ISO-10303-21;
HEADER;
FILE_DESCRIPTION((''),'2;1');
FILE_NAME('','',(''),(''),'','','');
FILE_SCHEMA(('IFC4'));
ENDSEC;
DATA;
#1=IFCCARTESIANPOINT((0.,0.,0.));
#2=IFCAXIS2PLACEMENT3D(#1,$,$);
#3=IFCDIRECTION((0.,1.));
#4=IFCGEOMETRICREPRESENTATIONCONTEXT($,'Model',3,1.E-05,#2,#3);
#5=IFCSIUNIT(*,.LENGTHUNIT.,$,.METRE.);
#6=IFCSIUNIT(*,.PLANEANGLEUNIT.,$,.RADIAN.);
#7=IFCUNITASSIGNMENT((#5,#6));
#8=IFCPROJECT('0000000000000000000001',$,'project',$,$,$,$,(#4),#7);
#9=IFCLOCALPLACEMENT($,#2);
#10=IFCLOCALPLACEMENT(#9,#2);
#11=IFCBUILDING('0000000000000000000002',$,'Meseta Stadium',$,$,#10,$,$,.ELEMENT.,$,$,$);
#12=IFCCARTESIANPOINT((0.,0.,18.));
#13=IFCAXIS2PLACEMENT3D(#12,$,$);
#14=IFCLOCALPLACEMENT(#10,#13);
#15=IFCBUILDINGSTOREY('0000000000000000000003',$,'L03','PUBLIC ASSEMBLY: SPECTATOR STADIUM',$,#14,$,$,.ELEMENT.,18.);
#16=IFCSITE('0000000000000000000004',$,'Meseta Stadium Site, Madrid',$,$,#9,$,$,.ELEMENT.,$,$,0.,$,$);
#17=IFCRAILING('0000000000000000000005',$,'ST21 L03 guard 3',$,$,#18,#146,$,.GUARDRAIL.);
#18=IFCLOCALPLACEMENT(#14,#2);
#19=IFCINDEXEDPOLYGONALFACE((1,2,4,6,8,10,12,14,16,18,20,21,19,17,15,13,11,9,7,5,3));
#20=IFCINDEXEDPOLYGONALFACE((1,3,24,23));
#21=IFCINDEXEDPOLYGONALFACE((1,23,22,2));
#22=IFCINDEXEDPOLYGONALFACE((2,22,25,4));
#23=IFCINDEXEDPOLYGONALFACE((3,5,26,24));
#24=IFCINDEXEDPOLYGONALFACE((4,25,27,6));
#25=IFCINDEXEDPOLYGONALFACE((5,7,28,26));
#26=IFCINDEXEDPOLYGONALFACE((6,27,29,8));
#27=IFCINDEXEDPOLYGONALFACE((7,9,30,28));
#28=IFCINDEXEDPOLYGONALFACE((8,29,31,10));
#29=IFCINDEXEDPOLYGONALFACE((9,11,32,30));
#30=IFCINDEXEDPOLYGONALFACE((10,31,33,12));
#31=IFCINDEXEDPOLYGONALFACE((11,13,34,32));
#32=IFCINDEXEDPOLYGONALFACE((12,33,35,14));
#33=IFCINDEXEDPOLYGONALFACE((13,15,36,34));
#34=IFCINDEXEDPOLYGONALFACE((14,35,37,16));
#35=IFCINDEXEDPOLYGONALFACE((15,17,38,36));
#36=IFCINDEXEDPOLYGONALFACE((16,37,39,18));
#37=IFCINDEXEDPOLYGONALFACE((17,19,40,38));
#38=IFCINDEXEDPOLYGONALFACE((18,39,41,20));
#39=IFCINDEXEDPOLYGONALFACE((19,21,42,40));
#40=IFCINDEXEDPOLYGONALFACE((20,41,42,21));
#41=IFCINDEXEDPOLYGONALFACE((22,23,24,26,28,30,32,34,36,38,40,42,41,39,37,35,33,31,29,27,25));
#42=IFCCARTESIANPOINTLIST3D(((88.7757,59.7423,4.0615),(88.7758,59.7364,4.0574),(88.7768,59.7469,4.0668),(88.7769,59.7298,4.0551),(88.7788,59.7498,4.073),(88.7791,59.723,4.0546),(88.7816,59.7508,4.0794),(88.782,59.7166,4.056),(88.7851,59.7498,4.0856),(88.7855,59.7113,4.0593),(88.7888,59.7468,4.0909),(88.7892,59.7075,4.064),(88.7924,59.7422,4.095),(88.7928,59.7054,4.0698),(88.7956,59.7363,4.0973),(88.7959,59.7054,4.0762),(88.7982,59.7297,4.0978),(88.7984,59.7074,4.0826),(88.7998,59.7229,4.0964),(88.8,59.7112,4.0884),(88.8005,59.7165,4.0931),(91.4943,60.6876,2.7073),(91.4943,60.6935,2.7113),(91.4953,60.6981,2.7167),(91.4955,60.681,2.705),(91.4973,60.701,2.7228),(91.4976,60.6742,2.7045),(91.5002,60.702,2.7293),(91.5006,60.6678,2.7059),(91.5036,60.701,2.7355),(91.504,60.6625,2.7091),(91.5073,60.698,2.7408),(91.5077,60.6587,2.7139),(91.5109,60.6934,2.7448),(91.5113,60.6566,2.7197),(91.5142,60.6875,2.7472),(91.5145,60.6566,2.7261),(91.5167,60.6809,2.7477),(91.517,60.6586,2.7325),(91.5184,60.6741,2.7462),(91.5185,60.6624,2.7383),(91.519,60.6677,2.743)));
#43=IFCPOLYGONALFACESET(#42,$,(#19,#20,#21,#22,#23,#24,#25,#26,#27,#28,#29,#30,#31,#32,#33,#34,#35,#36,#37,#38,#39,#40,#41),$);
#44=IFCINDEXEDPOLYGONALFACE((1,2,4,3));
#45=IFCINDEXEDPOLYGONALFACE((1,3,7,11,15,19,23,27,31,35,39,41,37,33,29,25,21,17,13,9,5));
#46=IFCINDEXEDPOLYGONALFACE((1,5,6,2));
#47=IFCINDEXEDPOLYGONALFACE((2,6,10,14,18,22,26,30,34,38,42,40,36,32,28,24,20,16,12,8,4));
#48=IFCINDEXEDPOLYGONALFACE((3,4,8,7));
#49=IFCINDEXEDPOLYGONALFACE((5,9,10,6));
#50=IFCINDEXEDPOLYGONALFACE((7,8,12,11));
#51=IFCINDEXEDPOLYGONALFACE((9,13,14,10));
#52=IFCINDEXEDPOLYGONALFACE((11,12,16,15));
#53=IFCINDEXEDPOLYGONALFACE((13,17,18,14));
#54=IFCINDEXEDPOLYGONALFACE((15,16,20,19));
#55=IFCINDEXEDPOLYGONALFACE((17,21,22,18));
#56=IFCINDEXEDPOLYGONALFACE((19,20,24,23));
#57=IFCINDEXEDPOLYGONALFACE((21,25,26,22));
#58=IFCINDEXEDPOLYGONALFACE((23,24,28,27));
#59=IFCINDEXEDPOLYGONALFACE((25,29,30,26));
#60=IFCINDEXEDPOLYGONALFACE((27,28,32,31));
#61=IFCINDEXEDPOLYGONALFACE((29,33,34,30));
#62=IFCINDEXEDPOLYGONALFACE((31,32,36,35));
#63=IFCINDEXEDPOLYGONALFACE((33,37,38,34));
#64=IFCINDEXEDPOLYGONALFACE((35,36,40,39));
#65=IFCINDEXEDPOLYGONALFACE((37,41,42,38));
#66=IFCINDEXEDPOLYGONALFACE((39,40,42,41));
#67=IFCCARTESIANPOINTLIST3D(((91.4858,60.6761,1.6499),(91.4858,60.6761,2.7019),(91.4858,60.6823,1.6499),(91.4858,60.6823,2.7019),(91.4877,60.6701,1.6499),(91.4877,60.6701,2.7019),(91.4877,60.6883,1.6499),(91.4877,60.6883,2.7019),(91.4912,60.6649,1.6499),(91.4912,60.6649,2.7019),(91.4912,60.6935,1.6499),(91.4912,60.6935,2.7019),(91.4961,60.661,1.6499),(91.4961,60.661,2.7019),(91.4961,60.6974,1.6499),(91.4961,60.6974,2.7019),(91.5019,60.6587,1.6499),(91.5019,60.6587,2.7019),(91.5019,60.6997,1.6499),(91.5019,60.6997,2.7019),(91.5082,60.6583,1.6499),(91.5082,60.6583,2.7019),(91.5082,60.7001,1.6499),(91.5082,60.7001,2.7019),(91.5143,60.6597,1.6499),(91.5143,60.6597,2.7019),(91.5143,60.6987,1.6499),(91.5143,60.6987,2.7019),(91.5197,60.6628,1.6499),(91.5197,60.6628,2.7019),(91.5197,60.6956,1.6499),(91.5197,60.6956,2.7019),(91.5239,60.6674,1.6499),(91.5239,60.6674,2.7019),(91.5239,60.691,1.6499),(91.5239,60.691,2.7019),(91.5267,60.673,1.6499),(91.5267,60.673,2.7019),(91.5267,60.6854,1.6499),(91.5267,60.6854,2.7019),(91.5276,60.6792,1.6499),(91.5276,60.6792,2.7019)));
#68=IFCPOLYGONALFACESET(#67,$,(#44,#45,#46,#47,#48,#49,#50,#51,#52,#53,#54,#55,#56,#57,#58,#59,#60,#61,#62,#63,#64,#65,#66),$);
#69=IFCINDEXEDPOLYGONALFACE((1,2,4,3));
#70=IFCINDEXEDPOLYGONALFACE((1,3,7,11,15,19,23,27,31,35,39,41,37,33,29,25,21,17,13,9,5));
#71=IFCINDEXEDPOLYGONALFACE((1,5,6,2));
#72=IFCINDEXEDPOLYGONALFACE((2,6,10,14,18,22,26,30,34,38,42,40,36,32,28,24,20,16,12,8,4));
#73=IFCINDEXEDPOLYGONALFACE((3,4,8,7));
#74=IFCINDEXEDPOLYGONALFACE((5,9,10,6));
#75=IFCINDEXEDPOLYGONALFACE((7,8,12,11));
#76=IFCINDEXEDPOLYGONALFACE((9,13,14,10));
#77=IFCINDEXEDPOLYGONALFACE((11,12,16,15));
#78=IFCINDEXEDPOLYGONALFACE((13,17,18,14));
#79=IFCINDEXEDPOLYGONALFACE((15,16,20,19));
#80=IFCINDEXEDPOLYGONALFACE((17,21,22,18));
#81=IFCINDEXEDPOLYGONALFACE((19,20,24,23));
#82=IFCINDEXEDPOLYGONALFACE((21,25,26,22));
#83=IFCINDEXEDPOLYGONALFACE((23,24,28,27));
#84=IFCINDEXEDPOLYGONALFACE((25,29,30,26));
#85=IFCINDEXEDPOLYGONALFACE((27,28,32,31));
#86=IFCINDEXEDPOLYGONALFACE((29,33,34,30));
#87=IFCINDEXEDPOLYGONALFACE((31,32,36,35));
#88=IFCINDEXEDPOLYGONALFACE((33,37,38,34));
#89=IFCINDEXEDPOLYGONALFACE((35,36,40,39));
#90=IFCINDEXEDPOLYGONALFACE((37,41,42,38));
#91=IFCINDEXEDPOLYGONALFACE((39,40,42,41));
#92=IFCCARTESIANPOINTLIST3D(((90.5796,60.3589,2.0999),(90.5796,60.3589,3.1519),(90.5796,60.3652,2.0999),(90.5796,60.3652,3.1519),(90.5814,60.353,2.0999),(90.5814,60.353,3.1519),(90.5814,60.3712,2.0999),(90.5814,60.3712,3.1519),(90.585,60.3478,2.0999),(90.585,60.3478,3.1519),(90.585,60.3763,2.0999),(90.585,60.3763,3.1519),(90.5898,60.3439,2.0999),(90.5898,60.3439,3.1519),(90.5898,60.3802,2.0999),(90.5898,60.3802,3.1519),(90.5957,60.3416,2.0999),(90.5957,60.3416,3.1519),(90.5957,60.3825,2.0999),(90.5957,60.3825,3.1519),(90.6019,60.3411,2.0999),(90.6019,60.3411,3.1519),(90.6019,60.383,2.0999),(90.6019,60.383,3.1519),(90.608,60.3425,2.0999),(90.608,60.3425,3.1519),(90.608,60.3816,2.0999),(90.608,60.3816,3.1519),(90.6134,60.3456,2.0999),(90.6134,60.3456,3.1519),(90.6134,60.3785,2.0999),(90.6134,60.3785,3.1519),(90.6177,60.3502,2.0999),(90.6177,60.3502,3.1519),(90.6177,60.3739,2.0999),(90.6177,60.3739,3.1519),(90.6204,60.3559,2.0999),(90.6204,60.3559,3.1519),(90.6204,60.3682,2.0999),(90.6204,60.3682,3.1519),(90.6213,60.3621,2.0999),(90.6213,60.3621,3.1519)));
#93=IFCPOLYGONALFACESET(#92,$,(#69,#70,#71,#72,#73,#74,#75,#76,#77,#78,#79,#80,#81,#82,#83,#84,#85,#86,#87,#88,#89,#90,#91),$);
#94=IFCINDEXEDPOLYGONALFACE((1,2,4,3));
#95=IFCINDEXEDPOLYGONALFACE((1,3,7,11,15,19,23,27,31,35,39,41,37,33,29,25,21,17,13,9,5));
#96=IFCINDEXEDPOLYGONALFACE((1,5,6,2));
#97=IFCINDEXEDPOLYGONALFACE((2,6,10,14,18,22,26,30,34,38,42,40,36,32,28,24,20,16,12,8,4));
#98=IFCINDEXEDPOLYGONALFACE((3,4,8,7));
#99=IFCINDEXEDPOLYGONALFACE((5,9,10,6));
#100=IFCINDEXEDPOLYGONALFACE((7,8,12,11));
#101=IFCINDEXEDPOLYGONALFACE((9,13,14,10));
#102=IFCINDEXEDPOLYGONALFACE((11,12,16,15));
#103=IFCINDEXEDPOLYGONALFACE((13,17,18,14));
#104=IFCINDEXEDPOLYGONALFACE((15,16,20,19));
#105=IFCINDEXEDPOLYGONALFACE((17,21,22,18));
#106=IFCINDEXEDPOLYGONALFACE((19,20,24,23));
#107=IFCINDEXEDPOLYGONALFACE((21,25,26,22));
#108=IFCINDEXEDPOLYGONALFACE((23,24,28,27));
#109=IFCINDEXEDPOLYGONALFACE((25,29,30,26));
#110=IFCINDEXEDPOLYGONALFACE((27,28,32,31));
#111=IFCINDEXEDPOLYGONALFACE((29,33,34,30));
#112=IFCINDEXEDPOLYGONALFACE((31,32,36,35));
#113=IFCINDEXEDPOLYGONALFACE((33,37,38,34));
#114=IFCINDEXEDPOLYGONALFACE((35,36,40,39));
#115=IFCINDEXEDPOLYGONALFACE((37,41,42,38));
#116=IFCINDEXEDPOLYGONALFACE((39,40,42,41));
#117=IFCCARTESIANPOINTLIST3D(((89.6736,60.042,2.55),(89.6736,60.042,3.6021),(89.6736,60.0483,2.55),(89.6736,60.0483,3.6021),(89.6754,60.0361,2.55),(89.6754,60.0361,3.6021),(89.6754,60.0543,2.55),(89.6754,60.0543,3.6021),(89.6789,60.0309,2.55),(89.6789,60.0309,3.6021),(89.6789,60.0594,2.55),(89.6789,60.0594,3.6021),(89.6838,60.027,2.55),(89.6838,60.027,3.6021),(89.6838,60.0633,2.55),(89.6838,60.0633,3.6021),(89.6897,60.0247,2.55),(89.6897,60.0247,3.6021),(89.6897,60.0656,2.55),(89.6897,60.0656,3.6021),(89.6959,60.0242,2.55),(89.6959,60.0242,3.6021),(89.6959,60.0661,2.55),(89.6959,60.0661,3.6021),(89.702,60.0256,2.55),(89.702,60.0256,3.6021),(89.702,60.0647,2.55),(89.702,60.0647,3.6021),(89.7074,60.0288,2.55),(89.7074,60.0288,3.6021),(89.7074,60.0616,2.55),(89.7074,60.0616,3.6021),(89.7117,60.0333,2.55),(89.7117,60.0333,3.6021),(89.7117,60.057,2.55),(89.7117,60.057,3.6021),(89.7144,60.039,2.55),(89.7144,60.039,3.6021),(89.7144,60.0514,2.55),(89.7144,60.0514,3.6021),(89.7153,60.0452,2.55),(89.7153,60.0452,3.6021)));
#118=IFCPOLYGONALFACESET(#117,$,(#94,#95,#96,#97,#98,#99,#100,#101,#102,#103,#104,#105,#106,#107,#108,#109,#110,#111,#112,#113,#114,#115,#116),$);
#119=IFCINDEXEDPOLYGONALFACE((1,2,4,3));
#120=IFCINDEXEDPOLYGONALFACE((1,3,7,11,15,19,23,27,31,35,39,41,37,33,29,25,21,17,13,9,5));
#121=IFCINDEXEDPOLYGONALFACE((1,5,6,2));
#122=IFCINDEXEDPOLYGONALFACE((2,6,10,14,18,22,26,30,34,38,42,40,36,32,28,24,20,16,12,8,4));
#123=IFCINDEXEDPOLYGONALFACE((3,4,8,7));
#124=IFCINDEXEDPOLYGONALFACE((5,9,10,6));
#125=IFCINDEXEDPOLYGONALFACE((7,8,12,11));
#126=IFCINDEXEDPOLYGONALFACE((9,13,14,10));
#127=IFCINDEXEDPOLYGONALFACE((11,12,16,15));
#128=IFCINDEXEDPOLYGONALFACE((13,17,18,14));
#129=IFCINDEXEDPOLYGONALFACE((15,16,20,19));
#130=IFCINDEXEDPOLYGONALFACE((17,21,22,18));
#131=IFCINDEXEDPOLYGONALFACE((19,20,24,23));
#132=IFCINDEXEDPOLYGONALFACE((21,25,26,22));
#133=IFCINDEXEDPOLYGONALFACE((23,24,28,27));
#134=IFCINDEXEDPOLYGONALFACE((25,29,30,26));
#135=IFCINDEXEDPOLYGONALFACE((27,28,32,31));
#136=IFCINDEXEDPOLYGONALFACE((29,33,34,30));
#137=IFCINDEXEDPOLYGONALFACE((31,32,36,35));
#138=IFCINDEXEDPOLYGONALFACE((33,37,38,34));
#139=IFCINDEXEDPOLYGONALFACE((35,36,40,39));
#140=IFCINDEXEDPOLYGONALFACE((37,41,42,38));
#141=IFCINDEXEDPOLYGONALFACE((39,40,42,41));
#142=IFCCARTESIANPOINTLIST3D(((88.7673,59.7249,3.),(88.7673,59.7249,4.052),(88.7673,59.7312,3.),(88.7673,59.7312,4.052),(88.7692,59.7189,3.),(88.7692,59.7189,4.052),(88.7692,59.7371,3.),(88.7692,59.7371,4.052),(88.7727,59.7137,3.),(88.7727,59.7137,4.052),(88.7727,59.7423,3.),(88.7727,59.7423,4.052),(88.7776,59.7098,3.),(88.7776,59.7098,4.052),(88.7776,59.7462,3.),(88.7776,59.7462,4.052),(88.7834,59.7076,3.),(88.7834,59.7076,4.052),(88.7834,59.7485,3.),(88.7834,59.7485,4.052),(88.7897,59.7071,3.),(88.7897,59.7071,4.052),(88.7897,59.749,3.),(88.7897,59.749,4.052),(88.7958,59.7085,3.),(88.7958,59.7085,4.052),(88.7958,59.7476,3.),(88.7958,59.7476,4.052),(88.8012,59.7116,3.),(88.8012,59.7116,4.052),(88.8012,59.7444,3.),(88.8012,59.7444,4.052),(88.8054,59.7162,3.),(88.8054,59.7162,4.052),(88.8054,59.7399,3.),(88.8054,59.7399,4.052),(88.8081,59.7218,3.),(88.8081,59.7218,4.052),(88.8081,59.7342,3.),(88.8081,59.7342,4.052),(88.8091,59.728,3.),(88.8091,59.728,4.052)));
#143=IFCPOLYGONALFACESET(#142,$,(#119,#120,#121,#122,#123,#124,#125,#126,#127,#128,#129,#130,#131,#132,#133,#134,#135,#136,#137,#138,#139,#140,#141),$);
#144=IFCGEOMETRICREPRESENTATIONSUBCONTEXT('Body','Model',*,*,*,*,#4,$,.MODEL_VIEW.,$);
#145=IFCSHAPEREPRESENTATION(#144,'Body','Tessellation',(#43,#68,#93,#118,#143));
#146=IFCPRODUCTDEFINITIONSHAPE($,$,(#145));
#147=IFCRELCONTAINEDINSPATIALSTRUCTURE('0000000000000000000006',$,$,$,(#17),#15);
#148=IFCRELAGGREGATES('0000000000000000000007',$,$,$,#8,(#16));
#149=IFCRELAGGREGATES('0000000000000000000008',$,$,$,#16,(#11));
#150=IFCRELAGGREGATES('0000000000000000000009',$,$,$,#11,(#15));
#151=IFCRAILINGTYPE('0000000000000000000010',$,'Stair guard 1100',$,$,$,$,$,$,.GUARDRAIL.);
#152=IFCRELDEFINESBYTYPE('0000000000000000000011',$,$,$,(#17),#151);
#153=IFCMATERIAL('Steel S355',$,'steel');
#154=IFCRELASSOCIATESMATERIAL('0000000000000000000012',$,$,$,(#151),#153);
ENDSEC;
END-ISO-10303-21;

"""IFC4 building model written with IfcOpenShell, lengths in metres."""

from ifc_helpers import new_model, si_unit, direction, frame, origin, origin_2d, place, context, subcontext, project, spatial, circle, extrude, material, type_object, element, save


model = new_model("IFC4")

# Units and contexts
model_context = context("Model", 3, precision=1e-05, world=origin(), true_north=direction((0.0, 1.0)))
body_context = subcontext(model_context, "Body", "Model", "MODEL_VIEW")
ifc_project = project(units=[si_unit("LENGTHUNIT", "METRE"), si_unit("PLANEANGLEUNIT", "RADIAN")], contexts=[model_context])

# Site, building, storey
site_placement = place(None, origin())
site = spatial("IfcSite", under=ifc_project, at=site_placement, Name="Meseta Stadium Site, Madrid", CompositionType="ELEMENT", RefElevation=0.0)
building_placement = place(site_placement, origin())
building = spatial("IfcBuilding", under=site, at=building_placement, Name="Meseta Stadium", CompositionType="ELEMENT")
storey_placement = place(building_placement, frame((0.0, 0.0, 18.0)))
storey = spatial("IfcBuildingStorey", under=building, at=storey_placement, Name="L03", Description="PUBLIC ASSEMBLY: SPECTATOR STADIUM", CompositionType="ELEMENT", Elevation=18.0)

# Railing
ifc_material_1 = material(Name="Steel S355", Category="steel")
railing_type_1 = type_object("IfcRailingType", Name="Stair guard 1100", PredefinedType="GUARDRAIL", material=ifc_material_1)
railing_1_placement = place(storey_placement, frame((91.5066, 60.6792, 1.6499)))
element("IfcRailing", 1, at=railing_1_placement, inside=storey, type_object=railing_type_1, Name="ST21 L03 guard 3", PredefinedType="GUARDRAIL", context=body_context, shape_type="SweptSolid", body=[
    extrude(circle(Radius=0.0239, at=origin_2d()), frame((0.0, 0.0, 1.0762), z_axis=(-0.854649, -0.299031, 0.424446), x_axis=(0.330256, -0.943891, 0.0)), (0.0, 0.0, 1.0), 3.1809),
    extrude(circle(Radius=0.021, at=origin_2d()), origin(), (0.0, 0.0, 1.0), 1.052),
    extrude(circle(Radius=0.021, at=origin_2d()), frame((-0.9062, -0.3171, 0.45)), (0.0, 0.0, 1.0), 1.052),
    extrude(circle(Radius=0.021, at=origin_2d()), frame((-1.8123, -0.634, 0.9001)), (0.0, 0.0, 1.0), 1.052),
    extrude(circle(Radius=0.021, at=origin_2d()), frame((-2.7185, -0.9512, 1.3501)), (0.0, 0.0, 1.0), 1.052),
])

save(model, "model.ifc")
